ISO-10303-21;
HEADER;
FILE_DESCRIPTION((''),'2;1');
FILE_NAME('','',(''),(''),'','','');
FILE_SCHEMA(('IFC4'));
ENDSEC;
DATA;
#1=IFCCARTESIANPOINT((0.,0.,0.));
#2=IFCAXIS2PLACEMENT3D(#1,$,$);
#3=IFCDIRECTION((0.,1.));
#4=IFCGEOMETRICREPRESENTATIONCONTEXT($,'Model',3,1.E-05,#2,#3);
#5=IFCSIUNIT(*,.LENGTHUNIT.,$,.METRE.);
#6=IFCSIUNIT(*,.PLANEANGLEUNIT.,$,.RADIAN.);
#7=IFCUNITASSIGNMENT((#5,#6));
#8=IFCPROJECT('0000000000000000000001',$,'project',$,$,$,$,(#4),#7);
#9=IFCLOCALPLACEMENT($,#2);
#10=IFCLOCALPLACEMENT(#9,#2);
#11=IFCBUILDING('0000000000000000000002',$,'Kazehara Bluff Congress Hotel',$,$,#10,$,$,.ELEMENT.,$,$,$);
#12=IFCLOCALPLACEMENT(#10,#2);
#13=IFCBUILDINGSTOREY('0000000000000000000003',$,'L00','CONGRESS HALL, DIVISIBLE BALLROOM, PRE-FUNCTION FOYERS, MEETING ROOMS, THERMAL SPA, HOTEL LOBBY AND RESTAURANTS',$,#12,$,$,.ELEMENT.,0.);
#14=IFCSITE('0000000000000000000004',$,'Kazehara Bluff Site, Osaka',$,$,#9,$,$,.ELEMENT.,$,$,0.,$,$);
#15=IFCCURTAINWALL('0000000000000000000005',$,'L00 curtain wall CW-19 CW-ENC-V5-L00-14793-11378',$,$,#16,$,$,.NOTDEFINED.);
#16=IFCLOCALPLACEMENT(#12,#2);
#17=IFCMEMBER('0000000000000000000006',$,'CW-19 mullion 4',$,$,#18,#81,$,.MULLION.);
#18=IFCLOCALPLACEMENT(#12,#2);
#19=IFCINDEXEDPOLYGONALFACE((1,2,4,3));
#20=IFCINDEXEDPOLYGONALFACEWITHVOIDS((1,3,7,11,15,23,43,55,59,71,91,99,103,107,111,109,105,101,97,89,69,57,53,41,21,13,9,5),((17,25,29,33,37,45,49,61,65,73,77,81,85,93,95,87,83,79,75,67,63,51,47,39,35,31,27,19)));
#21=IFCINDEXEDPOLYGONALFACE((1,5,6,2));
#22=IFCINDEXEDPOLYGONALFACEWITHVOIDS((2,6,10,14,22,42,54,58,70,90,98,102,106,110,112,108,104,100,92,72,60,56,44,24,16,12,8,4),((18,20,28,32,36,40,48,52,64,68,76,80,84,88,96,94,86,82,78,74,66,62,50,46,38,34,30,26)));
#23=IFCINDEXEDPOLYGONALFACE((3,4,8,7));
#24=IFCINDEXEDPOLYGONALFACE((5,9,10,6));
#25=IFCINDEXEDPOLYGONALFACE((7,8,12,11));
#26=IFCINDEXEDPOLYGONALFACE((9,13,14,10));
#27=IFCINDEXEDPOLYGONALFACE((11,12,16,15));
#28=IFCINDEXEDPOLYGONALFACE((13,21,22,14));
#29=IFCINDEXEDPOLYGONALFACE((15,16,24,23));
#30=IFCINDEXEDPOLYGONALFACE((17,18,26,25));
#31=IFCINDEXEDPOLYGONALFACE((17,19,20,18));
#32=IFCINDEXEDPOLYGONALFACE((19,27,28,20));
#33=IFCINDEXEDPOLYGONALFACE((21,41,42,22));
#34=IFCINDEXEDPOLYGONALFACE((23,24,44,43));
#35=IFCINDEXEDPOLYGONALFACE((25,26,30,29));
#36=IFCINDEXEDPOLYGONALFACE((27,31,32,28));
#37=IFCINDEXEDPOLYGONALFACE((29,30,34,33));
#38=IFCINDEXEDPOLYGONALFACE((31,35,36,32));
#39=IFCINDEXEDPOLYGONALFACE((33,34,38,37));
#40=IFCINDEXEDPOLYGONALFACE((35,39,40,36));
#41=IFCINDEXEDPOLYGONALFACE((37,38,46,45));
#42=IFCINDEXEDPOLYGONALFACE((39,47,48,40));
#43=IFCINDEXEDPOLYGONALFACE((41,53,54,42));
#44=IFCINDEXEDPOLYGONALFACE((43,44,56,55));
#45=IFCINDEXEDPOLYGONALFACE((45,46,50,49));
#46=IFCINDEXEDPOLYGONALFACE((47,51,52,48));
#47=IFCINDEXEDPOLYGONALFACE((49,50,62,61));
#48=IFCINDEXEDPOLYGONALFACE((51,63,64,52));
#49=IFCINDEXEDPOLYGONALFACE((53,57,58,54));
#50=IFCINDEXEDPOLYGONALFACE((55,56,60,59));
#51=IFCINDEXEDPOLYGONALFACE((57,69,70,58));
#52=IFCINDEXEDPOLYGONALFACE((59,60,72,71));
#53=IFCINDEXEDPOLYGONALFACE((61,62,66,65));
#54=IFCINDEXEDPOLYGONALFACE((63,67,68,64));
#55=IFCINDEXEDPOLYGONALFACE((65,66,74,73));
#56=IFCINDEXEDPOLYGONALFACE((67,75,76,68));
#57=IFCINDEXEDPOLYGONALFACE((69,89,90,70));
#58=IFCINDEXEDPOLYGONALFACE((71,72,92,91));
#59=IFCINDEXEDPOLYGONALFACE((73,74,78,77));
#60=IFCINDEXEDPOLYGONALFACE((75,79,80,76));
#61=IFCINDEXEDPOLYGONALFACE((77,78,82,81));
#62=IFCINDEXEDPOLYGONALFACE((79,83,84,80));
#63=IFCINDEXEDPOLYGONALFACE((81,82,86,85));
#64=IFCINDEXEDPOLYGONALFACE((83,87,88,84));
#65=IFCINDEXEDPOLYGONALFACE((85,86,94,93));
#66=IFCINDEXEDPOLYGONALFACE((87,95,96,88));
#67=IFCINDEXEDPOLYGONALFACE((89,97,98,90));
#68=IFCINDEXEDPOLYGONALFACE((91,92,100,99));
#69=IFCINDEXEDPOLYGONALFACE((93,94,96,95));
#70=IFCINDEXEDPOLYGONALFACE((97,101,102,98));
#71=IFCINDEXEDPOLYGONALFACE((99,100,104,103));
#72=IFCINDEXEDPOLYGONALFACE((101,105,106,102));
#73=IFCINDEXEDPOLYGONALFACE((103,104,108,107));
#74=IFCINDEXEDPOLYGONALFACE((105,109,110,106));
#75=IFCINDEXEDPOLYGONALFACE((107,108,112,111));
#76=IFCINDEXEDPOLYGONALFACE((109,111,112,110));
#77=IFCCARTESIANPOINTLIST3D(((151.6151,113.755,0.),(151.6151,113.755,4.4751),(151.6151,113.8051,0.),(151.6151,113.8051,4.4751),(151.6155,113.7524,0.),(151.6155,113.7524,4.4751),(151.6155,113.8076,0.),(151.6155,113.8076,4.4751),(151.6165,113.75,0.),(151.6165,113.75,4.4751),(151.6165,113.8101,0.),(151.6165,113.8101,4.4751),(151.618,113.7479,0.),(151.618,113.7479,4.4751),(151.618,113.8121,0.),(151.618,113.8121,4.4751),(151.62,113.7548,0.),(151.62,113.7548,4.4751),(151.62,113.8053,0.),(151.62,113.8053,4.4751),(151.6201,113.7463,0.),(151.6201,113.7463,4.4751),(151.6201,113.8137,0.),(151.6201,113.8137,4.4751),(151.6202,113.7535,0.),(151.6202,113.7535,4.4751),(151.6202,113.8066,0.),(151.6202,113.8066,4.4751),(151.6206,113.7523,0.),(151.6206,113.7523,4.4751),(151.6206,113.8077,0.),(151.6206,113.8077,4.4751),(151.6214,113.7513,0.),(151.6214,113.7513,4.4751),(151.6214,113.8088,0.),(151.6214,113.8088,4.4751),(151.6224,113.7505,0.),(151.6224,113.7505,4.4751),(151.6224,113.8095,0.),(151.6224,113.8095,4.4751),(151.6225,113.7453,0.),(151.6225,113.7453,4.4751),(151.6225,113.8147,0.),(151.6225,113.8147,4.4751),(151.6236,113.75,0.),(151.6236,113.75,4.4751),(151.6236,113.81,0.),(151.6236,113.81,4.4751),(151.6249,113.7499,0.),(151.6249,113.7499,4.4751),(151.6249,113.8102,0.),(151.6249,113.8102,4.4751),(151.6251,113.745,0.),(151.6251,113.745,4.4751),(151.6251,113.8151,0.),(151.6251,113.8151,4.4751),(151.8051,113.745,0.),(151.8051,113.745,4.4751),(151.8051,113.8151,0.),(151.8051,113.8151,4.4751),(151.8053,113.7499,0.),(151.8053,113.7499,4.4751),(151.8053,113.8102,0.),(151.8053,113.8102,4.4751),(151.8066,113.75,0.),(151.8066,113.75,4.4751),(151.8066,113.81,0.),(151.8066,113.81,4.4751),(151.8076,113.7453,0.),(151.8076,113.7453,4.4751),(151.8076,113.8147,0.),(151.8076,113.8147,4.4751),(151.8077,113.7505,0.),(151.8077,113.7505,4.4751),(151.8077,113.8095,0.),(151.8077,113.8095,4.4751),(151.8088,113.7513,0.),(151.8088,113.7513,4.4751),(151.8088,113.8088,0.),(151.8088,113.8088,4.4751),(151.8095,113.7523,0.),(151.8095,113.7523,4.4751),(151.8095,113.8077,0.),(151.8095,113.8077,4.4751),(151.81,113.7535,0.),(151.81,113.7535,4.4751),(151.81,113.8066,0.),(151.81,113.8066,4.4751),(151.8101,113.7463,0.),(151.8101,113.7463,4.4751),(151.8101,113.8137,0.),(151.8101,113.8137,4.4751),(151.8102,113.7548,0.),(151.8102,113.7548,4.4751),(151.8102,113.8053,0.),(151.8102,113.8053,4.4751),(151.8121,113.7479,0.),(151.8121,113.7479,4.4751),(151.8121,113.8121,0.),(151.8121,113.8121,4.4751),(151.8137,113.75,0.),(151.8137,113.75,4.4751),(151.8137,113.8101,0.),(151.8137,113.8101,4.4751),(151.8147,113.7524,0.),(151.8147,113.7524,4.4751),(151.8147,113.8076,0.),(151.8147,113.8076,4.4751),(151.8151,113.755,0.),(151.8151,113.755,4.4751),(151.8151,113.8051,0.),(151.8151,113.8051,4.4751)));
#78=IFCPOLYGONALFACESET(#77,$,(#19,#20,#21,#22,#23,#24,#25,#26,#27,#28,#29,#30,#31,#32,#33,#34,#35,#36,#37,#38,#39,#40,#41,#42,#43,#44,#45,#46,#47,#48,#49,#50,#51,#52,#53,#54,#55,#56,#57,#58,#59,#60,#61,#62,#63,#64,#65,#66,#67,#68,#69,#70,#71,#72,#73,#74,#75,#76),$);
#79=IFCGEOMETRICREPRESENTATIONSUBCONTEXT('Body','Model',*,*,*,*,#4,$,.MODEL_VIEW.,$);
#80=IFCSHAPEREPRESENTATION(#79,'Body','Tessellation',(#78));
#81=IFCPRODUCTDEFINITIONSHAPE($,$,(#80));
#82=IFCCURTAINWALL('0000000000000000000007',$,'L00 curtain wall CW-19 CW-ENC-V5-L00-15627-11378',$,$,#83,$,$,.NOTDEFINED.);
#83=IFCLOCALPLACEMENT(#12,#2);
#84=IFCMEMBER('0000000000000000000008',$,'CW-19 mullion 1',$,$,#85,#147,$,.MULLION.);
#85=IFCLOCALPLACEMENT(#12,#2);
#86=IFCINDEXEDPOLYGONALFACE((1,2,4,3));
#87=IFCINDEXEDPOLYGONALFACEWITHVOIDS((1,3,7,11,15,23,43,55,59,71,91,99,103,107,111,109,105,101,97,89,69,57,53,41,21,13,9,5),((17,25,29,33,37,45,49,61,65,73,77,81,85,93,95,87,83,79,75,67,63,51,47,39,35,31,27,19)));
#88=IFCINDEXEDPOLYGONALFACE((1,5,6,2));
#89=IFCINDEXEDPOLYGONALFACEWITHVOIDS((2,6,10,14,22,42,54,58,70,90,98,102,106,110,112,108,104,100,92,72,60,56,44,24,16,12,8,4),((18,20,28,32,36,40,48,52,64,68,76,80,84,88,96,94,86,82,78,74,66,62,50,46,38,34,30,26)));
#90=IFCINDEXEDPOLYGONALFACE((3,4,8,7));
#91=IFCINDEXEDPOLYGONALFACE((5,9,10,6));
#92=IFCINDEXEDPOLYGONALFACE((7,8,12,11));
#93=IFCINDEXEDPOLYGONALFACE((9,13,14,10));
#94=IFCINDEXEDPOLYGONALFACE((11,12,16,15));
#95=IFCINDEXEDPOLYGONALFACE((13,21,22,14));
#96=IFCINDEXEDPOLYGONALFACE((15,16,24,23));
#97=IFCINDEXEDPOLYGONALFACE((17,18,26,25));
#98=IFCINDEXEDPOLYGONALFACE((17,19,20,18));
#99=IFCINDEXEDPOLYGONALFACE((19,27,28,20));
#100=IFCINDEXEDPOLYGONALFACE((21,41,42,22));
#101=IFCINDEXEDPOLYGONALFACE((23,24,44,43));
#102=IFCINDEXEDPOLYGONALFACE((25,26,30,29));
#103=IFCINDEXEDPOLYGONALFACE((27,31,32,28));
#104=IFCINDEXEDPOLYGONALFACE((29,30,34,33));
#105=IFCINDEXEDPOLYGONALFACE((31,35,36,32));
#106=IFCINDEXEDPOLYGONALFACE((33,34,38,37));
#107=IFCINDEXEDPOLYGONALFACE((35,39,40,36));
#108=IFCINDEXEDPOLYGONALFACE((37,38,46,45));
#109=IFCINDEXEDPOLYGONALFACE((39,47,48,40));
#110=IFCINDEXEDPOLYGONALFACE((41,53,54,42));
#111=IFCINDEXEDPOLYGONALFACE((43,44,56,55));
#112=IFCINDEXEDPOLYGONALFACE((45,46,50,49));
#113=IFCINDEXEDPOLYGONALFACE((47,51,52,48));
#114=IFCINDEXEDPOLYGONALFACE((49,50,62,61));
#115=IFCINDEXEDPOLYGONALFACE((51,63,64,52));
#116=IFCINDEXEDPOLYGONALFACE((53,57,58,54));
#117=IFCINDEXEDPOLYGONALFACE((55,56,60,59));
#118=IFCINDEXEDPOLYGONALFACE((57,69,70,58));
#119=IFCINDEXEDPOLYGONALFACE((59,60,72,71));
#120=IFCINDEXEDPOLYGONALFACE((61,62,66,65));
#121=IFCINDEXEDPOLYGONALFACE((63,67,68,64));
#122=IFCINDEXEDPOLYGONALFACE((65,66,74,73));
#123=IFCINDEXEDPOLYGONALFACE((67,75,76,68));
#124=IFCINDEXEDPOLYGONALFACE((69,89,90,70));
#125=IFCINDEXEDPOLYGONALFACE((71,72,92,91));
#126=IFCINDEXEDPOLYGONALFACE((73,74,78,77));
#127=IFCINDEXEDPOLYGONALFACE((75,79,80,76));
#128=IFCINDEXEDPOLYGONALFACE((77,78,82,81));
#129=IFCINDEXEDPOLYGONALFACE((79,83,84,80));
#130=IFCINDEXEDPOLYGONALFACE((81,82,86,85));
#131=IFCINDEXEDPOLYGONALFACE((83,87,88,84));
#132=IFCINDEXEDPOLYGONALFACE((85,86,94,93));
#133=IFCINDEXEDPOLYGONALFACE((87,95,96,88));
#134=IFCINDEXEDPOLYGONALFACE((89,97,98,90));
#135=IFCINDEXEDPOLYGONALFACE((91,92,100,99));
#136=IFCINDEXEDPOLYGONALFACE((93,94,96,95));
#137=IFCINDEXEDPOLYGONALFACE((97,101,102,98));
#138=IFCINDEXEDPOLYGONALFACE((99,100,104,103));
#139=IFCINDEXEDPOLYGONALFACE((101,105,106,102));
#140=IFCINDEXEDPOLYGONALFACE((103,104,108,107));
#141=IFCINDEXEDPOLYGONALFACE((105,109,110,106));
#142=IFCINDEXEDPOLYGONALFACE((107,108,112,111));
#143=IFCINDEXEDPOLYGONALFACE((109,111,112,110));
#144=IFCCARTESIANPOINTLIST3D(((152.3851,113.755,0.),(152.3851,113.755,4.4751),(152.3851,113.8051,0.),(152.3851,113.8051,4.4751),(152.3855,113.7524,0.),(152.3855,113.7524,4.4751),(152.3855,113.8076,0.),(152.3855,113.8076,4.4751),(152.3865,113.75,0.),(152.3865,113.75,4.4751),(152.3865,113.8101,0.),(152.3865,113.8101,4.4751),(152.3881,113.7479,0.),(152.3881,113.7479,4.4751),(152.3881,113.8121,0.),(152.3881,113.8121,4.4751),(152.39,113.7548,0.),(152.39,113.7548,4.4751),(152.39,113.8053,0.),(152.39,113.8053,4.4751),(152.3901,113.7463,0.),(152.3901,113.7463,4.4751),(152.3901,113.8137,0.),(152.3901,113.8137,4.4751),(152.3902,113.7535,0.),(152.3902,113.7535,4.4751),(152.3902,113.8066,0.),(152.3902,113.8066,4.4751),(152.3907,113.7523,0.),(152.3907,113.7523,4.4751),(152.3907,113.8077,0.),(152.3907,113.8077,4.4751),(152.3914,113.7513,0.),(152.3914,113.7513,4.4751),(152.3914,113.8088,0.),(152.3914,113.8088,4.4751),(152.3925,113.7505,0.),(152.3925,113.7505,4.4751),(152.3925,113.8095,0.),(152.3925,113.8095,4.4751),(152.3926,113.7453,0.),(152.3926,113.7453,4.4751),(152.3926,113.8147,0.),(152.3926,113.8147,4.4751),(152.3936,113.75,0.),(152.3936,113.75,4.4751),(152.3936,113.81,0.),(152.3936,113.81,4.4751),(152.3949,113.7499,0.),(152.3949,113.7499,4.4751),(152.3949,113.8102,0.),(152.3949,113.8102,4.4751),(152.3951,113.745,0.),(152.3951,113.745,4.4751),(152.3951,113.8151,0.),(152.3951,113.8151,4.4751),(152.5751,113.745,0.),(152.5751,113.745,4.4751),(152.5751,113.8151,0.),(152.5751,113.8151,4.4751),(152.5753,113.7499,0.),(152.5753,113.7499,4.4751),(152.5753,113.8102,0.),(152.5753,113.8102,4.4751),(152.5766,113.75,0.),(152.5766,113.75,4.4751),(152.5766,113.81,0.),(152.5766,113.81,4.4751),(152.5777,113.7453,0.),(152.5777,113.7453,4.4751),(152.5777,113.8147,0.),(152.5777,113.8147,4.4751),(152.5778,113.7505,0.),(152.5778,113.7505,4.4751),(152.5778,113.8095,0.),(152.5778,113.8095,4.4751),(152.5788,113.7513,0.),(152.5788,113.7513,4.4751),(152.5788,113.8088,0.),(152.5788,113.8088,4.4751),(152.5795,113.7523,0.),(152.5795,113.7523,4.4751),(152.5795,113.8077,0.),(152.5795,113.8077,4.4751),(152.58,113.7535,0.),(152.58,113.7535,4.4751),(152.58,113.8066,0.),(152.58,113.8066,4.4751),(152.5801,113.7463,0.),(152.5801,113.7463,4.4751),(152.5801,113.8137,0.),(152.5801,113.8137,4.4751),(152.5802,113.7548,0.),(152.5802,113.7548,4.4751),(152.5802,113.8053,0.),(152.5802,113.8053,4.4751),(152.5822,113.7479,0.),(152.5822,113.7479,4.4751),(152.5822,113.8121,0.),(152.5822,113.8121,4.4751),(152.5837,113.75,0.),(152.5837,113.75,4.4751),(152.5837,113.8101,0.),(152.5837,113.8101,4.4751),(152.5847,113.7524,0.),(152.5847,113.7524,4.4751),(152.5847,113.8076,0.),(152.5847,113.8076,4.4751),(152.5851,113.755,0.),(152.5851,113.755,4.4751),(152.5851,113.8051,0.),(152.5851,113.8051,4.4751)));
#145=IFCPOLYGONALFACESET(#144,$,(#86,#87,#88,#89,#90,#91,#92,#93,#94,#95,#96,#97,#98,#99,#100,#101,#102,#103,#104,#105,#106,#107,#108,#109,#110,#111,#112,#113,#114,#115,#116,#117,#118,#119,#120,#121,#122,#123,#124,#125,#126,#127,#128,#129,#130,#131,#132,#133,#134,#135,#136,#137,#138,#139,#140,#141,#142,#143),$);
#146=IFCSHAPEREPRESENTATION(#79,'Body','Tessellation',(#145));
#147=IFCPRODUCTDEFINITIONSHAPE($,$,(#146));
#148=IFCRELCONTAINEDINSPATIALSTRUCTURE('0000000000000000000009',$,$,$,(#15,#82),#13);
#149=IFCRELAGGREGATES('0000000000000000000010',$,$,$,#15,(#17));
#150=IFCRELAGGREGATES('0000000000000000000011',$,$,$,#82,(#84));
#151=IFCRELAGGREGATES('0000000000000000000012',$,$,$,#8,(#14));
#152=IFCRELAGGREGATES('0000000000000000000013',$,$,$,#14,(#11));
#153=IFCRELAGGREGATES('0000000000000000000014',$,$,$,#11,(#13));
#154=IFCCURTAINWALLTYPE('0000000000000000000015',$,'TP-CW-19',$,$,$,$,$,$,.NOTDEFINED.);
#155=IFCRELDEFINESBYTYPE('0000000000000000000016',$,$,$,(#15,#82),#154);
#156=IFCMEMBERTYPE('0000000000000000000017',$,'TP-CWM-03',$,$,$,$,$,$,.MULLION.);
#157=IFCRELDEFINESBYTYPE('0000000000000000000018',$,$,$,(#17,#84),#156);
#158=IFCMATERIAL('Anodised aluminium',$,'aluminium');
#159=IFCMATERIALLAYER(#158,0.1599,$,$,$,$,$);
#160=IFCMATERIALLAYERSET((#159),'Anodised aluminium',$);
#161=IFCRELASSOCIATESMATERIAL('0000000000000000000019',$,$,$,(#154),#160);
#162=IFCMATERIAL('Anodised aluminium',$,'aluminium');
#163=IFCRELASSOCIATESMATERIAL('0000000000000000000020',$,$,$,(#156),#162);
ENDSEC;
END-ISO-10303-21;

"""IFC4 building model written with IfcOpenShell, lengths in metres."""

from ifc_helpers import new_model, si_unit, direction, frame, origin, origin_2d, place, context, subcontext, project, spatial, hollow_rectangle, extrude, material, layer, layer_set, material_profile, profile_set, type_object, element, aggregate, save


model = new_model("IFC4")

# Units and contexts
model_context = context("Model", 3, precision=1e-05, world=origin(), true_north=direction((0.0, 1.0)))
body_context = subcontext(model_context, "Body", "Model", "MODEL_VIEW")
ifc_project = project(units=[si_unit("LENGTHUNIT", "METRE"), si_unit("PLANEANGLEUNIT", "RADIAN")], contexts=[model_context])

# Site, building, storey
site_placement = place(None, origin())
site = spatial("IfcSite", under=ifc_project, at=site_placement, Name="Kazehara Bluff Site, Osaka", CompositionType="ELEMENT", RefElevation=0.0)
building_placement = place(site_placement, origin())
building = spatial("IfcBuilding", under=site, at=building_placement, Name="Kazehara Bluff Congress Hotel", CompositionType="ELEMENT")
storey_placement = place(building_placement, origin())
storey = spatial("IfcBuildingStorey", under=building, at=storey_placement, Name="L00", Description="CONGRESS HALL, DIVISIBLE BALLROOM, PRE-FUNCTION FOYERS, MEETING ROOMS, THERMAL SPA, HOTEL LOBBY AND RESTAURANTS", CompositionType="ELEMENT", Elevation=0.0)

# Curtain wall, member
ifc_material_1 = material(Name="Anodised aluminium", Category="aluminium")
ifc_layer_1 = layer(ifc_material_1, 0.1599)
ifc_layer_set_1 = layer_set([ifc_layer_1], Name="Anodised aluminium")
curtain_wall_type = type_object("IfcCurtainWallType", Name="TP-CW-19", PredefinedType="NOTDEFINED", material=ifc_layer_set_1)
curtain_wall_1_placement = place(storey_placement, origin())
curtain_wall_1 = element("IfcCurtainWall", 1, at=curtain_wall_1_placement, inside=storey, type_object=curtain_wall_type, Name="L00 curtain wall CW-19 CW-ENC-V5-L00-14793-11378", PredefinedType="NOTDEFINED")
ifc_material_2 = material(Name="Anodised aluminium", Category="aluminium")
ifc_material_profile_1 = material_profile(ifc_material_2, hollow_rectangle(XDim=0.0701, YDim=0.2, WallThickness=0.0049, InnerFilletRadius=0.0049, OuterFilletRadius=0.01, at=origin_2d()))
ifc_profile_set_1 = profile_set([ifc_material_profile_1], Name="Anodised aluminium")
member_type_1 = type_object("IfcMemberType", Name="TP-CWM-03", PredefinedType="MULLION", material=ifc_profile_set_1)
member_1_placement = place(storey_placement, frame((151.7151, 113.78, 0.0), z_axis=(0.0, 0.0, 1.0), x_axis=(0.0, 1.0, 0.0)))
member_1 = element("IfcMember", 2, at=member_1_placement, type_object=member_type_1, Name="CW-19 mullion 4", PredefinedType="MULLION", context=body_context, shape_type="SweptSolid", body=[
    extrude(hollow_rectangle(XDim=0.0701, YDim=0.2, WallThickness=0.0049, InnerFilletRadius=0.0049, OuterFilletRadius=0.01, at=origin_2d()), origin(), (0.0, 0.0, 1.0), 4.4751),
])
aggregate(curtain_wall_1, [member_1])

# Curtain wall, member
curtain_wall_2_placement = place(storey_placement, origin())
curtain_wall_2 = element("IfcCurtainWall", 3, at=curtain_wall_2_placement, inside=storey, type_object=curtain_wall_type, Name="L00 curtain wall CW-19 CW-ENC-V5-L00-15627-11378", PredefinedType="NOTDEFINED")
member_2_placement = place(storey_placement, frame((152.4851, 113.78, 0.0), z_axis=(0.0, 0.0, 1.0), x_axis=(0.0, 1.0, 0.0)))
member_2 = element("IfcMember", 4, at=member_2_placement, type_object=member_type_1, Name="CW-19 mullion 1", PredefinedType="MULLION", context=body_context, shape_type="SweptSolid", body=[
    extrude(hollow_rectangle(XDim=0.0701, YDim=0.2, WallThickness=0.0049, InnerFilletRadius=0.0049, OuterFilletRadius=0.01, at=origin_2d()), origin(), (0.0, 0.0, 1.0), 4.4751),
])

aggregate(curtain_wall_2, [member_2])

save(model, "model.ifc")
